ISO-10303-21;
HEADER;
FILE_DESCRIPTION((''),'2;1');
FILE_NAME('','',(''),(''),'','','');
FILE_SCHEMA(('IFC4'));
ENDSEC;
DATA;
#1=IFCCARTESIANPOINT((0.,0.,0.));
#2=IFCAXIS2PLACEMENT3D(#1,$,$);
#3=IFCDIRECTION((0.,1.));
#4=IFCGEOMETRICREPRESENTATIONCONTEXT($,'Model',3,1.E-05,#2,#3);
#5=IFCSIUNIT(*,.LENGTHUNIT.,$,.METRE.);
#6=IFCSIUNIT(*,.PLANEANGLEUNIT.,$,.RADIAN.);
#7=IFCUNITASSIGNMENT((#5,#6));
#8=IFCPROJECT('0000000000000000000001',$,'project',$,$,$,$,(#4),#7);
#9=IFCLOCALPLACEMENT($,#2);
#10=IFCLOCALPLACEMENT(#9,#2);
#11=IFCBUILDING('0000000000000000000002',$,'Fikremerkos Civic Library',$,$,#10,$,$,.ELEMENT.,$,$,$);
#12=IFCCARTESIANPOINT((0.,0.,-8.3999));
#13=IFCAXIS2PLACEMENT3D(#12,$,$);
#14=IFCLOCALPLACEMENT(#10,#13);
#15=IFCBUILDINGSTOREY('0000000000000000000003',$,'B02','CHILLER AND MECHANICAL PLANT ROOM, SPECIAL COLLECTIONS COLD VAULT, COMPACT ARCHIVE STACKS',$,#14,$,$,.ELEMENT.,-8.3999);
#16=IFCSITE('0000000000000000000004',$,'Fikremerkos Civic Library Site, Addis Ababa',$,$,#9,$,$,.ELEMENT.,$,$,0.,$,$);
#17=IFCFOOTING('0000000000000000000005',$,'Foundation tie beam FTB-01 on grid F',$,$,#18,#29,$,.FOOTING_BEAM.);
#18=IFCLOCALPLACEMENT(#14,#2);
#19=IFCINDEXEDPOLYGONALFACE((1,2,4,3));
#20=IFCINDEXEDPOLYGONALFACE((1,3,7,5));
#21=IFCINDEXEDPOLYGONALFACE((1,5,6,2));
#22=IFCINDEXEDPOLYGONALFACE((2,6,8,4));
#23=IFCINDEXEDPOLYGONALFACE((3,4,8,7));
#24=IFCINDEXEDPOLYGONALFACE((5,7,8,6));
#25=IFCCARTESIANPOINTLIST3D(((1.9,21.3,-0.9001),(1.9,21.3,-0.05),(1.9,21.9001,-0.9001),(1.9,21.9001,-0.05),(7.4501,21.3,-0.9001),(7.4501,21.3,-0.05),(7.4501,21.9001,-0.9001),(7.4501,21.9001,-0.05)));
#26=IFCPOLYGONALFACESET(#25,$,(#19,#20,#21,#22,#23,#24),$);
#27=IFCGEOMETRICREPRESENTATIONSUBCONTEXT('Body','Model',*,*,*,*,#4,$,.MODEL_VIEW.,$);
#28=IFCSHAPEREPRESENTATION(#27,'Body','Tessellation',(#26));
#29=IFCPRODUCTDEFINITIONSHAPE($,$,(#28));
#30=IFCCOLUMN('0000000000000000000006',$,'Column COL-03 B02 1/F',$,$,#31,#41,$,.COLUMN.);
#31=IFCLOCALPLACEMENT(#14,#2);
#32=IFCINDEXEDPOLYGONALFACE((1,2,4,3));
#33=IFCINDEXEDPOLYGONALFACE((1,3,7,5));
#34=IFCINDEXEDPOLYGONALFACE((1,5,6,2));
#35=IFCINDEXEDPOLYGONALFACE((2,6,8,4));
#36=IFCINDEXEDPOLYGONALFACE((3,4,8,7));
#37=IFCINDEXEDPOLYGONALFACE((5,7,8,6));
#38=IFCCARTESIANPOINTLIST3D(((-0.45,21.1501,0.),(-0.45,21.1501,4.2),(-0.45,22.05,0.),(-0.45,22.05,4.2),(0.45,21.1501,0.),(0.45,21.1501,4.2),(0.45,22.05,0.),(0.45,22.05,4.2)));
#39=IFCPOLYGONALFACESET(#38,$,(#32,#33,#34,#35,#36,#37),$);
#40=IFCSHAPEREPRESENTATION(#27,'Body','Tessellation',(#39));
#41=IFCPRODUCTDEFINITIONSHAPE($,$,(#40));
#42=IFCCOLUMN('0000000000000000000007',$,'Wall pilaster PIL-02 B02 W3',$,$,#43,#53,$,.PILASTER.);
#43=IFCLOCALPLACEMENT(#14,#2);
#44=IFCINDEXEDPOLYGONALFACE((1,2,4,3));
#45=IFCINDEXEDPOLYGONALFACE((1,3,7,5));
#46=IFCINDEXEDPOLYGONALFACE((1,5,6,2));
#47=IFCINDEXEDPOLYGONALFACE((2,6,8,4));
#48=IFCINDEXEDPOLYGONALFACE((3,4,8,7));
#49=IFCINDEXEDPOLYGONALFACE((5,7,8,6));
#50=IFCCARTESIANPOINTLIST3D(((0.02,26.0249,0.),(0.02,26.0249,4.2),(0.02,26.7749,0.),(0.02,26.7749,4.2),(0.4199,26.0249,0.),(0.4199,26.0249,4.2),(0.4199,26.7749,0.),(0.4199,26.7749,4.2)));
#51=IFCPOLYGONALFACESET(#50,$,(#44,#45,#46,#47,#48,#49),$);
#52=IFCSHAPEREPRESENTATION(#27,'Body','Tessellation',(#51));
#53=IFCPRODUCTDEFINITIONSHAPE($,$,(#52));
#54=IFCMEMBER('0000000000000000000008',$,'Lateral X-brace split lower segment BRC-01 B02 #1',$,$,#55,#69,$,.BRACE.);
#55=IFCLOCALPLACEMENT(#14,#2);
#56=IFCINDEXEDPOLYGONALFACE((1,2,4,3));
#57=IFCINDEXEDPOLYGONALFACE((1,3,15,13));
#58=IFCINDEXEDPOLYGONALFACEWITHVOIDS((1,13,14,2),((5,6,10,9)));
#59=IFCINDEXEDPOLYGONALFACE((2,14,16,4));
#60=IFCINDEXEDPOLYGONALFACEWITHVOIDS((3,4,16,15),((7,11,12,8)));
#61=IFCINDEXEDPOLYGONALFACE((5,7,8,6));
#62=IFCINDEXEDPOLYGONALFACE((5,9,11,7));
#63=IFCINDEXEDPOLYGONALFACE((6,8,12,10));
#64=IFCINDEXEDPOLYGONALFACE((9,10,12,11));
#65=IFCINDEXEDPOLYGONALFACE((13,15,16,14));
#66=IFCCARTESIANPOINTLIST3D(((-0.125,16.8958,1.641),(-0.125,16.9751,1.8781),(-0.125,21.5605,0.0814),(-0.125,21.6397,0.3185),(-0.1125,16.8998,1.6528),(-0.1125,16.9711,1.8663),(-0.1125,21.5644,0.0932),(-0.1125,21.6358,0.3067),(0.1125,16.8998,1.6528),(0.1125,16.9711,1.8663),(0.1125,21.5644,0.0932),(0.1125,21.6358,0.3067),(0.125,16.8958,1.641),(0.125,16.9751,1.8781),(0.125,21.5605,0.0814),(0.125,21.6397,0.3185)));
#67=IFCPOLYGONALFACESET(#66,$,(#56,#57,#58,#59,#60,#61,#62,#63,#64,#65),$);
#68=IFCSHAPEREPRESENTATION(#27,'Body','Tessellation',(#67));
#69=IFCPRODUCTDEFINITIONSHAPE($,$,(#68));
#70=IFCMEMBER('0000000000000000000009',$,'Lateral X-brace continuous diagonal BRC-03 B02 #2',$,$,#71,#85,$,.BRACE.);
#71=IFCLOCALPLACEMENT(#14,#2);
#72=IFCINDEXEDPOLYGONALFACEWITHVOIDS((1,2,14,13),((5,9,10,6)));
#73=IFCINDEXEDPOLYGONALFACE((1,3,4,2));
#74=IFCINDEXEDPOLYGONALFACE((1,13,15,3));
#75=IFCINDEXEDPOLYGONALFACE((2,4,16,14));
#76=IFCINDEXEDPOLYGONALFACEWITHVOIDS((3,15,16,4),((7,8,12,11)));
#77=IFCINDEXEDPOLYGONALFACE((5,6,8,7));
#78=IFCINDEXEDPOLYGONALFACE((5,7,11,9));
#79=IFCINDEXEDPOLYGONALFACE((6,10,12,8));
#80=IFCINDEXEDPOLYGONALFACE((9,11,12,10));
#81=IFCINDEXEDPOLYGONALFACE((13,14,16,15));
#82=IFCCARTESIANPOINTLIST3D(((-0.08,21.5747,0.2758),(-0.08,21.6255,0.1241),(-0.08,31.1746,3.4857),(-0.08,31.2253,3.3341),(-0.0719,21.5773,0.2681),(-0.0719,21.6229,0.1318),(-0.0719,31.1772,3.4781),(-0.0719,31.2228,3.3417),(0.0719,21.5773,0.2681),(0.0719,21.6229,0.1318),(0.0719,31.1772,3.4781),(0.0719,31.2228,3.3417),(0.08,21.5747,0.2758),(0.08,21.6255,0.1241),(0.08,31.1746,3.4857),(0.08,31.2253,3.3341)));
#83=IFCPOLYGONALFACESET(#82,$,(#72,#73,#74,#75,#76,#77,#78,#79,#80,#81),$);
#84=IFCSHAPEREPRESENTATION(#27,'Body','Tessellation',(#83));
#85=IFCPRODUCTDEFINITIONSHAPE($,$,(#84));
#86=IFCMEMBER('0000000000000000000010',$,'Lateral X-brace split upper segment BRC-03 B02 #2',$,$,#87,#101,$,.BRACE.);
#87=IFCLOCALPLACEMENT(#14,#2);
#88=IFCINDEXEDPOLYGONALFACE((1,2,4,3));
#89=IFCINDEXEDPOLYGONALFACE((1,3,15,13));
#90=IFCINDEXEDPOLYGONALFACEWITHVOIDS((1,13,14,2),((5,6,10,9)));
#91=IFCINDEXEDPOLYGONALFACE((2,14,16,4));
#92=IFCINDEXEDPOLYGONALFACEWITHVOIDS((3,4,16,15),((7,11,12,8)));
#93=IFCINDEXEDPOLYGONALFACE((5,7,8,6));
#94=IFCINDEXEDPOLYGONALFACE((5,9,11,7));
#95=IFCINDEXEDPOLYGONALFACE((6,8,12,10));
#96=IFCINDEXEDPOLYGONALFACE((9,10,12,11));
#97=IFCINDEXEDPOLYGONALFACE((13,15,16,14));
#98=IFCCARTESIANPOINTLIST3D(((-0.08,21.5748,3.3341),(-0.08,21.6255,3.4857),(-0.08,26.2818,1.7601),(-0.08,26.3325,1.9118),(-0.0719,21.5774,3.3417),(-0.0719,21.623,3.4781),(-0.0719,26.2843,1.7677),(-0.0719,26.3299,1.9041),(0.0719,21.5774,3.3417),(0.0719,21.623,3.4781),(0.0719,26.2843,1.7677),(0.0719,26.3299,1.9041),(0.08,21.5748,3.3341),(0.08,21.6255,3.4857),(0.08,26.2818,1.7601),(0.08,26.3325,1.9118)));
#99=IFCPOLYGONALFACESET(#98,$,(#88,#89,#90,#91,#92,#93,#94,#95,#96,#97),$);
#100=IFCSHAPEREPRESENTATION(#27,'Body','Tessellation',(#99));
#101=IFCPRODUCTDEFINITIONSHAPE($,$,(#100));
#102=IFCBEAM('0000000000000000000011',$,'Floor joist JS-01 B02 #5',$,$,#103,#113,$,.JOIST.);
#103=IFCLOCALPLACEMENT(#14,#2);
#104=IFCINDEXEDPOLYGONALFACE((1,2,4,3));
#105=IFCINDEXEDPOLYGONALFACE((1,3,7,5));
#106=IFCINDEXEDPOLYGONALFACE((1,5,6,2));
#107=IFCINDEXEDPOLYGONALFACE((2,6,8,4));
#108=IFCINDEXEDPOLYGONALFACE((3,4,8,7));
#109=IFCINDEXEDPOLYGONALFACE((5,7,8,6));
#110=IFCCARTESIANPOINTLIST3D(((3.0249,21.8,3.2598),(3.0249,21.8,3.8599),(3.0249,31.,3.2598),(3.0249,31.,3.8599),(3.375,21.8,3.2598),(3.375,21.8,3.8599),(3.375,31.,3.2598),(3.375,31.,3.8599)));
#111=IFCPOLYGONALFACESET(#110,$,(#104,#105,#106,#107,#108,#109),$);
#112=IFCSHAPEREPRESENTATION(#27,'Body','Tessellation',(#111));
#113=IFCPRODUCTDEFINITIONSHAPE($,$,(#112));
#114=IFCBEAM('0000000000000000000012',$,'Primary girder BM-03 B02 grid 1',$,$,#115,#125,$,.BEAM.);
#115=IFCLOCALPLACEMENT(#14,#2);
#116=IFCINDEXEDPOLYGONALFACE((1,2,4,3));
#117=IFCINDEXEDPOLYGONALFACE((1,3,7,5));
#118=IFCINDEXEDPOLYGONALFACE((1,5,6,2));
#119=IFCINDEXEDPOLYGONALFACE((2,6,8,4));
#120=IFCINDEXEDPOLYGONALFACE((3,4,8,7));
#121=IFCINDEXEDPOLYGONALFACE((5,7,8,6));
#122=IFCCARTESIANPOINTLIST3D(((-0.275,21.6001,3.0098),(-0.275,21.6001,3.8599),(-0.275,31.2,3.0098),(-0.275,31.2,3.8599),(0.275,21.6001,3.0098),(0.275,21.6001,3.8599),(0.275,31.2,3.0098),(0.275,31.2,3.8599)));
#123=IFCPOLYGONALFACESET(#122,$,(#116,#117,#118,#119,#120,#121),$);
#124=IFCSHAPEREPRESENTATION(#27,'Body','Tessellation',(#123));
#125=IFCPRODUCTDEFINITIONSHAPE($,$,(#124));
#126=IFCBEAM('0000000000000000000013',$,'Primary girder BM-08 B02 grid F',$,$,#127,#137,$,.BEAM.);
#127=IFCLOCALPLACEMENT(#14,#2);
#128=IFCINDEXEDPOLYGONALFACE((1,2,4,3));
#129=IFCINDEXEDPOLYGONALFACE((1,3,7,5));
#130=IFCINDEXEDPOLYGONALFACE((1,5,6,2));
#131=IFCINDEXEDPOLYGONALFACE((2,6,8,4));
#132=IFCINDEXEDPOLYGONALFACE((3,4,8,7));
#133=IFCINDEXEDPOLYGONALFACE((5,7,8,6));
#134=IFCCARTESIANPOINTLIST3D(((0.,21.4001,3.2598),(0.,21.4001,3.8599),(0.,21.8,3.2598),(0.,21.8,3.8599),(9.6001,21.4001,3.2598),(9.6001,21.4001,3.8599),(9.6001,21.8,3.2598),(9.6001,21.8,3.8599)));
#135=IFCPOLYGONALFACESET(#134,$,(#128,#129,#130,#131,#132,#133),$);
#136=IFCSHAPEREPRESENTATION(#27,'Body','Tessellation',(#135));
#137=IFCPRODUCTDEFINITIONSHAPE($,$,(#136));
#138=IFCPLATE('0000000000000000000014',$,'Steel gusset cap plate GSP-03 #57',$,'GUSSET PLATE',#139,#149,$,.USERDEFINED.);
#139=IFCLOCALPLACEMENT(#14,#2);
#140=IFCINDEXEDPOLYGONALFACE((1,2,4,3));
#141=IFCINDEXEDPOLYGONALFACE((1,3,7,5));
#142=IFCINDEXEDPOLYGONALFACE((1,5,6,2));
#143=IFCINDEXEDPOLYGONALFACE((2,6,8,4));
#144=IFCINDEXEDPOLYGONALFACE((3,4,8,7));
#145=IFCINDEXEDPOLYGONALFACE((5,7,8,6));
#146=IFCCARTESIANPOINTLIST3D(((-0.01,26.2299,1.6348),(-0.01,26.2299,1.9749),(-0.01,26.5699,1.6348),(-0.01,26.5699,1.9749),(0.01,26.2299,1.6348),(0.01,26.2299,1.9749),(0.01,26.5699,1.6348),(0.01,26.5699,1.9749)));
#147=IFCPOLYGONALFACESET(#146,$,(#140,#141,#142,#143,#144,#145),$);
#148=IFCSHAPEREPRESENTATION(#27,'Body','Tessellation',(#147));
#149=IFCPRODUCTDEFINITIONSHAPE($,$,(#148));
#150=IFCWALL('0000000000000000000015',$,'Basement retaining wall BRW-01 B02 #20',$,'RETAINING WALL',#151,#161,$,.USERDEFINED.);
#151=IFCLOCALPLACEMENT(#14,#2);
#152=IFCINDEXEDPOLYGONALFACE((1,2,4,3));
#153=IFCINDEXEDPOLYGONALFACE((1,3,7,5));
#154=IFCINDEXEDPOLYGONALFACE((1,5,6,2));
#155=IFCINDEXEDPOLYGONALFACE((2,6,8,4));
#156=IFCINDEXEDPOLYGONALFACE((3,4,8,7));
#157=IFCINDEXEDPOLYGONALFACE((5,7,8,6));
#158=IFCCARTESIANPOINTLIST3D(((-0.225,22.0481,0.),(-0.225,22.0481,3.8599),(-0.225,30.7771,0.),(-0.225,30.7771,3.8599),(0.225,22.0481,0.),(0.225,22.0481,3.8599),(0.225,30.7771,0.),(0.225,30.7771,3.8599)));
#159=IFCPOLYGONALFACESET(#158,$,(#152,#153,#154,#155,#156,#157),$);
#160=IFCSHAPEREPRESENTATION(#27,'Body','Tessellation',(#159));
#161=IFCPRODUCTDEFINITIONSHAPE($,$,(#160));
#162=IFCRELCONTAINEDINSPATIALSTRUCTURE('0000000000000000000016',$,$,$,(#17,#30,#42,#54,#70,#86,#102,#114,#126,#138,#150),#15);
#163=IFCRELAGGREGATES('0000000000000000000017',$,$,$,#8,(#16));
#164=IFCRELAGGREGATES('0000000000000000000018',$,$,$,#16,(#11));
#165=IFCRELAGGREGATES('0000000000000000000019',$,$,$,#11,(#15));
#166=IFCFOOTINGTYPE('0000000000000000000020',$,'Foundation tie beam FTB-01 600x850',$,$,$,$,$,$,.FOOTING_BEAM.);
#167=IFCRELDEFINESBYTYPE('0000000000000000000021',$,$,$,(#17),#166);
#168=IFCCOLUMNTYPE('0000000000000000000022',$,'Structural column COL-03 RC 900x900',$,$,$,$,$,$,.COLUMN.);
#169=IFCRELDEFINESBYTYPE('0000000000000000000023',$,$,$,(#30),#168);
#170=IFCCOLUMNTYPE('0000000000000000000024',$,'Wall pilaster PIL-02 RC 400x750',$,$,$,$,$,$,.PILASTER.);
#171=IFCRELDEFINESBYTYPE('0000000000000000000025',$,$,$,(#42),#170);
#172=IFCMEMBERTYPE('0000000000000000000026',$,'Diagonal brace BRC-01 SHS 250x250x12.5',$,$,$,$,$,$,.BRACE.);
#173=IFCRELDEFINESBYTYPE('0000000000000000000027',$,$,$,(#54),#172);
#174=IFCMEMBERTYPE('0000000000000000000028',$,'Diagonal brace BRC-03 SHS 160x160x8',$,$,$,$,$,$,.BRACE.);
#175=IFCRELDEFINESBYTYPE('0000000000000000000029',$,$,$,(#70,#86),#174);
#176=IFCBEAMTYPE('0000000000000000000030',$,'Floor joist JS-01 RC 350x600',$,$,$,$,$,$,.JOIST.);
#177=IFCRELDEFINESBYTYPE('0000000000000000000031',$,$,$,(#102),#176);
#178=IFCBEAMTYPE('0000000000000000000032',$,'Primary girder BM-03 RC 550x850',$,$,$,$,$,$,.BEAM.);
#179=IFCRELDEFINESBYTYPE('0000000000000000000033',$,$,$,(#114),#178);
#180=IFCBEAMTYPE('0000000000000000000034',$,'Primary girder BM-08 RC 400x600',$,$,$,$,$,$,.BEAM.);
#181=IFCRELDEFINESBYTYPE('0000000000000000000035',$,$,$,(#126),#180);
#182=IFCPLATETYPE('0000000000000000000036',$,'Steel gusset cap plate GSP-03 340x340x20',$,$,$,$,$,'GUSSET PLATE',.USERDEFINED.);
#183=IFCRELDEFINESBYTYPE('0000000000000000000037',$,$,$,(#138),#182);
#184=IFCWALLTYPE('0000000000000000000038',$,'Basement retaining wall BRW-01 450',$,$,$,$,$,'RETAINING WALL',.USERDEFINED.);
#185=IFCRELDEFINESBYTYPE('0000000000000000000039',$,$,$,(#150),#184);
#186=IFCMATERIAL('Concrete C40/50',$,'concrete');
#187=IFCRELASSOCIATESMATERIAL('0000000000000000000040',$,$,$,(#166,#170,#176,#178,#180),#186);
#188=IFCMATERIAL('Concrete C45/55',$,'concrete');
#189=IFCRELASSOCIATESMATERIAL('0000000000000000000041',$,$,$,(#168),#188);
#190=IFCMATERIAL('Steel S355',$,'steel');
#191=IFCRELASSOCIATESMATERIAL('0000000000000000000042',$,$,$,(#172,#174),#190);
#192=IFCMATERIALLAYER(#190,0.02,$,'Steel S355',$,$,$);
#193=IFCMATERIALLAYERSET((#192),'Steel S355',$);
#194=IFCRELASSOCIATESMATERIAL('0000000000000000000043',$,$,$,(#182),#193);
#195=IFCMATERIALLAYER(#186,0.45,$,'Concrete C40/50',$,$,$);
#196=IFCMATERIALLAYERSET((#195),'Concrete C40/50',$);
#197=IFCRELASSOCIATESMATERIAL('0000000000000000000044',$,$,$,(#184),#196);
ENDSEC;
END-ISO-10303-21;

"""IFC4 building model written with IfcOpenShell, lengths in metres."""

from ifc_helpers import new_model, si_unit, direction, frame, frame_2d, origin, origin_2d, place, context, subcontext, project, spatial, rectangle, hollow_rectangle, extrude, material, layer, layer_set, material_profile, profile_set, type_object, element, save


model = new_model("IFC4")

# Units and contexts
model_context = context("Model", 3, precision=1e-05, world=origin(), true_north=direction((0.0, 1.0)))
body_context = subcontext(model_context, "Body", "Model", "MODEL_VIEW")
ifc_project = project(units=[si_unit("LENGTHUNIT", "METRE"), si_unit("PLANEANGLEUNIT", "RADIAN")], contexts=[model_context])

# Site, building, storey
site_placement = place(None, origin())
site = spatial("IfcSite", under=ifc_project, at=site_placement, Name="Fikremerkos Civic Library Site, Addis Ababa", CompositionType="ELEMENT", RefElevation=0.0)
building_placement = place(site_placement, origin())
building = spatial("IfcBuilding", under=site, at=building_placement, Name="Fikremerkos Civic Library", CompositionType="ELEMENT")
storey_placement = place(building_placement, frame((0.0, 0.0, -8.3999)))
storey = spatial("IfcBuildingStorey", under=building, at=storey_placement, Name="B02", Description="CHILLER AND MECHANICAL PLANT ROOM, SPECIAL COLLECTIONS COLD VAULT, COMPACT ARCHIVE STACKS", CompositionType="ELEMENT", Elevation=-8.3999)

# Footing
ifc_material_1 = material(Name="Concrete C40/50", Category="concrete")
footing_type_1 = type_object("IfcFootingType", Name="Foundation tie beam FTB-01 600x850", PredefinedType="FOOTING_BEAM", material=ifc_material_1)
footing_1_placement = place(storey_placement, frame((4.675, 21.6001, -0.9001), z_axis=(0.0, 0.0, 1.0), x_axis=(1.0, 0.0, 0.0)))
element("IfcFooting", 1, at=footing_1_placement, inside=storey, type_object=footing_type_1, Name="Foundation tie beam FTB-01 on grid F", PredefinedType="FOOTING_BEAM", context=body_context, shape_type="SweptSolid", body=[
    extrude(rectangle(XDim=5.55, YDim=0.6001, at=origin_2d()), origin(), (0.0, 0.0, 1.0), 0.8501),
])

# Columns
ifc_material_2 = material(Name="Concrete C45/55", Category="concrete")
ifc_material_profile_1 = material_profile(ifc_material_2, rectangle(XDim=0.8999, YDim=0.8999, at=origin_2d()), Name="RC 900x900")
ifc_profile_set_1 = profile_set([ifc_material_profile_1], Name="Concrete C45/55")
column_type_1 = type_object("IfcColumnType", Name="Structural column COL-03 RC 900x900", PredefinedType="COLUMN", material=ifc_profile_set_1)
column_1_placement = place(storey_placement, frame((0.0, 21.6001, 0.0), z_axis=(0.0, 0.0, 1.0), x_axis=(1.0, 0.0, 0.0)))
element("IfcColumn", 2, at=column_1_placement, inside=storey, type_object=column_type_1, Name="Column COL-03 B02 1/F", PredefinedType="COLUMN", context=body_context, shape_type="SweptSolid", body=[
    extrude(rectangle(XDim=0.8999, YDim=0.8999, at=origin_2d()), origin(), (0.0, 0.0, 1.0), 4.2),
])
ifc_material_profile_2 = material_profile(ifc_material_1, rectangle(XDim=0.3999, YDim=0.75, at=origin_2d()), Name="RC 400x750")
ifc_profile_set_2 = profile_set([ifc_material_profile_2], Name="Concrete C40/50")
column_type_2 = type_object("IfcColumnType", Name="Wall pilaster PIL-02 RC 400x750", PredefinedType="PILASTER", material=ifc_profile_set_2)
column_2_placement = place(storey_placement, frame((0.22, 26.3999, 0.0), z_axis=(0.0, 0.0, 1.0), x_axis=(1.0, 0.0, 0.0)))
element("IfcColumn", 3, at=column_2_placement, inside=storey, type_object=column_type_2, Name="Wall pilaster PIL-02 B02 W3", PredefinedType="PILASTER", context=body_context, shape_type="SweptSolid", body=[
    extrude(rectangle(XDim=0.3999, YDim=0.75, at=origin_2d()), origin(), (0.0, 0.0, 1.0), 4.2),
])

# Members
ifc_material_3 = material(Name="Steel S355", Category="steel")
ifc_material_profile_3 = material_profile(ifc_material_3, hollow_rectangle(XDim=0.25, YDim=0.25, WallThickness=0.0125, at=origin_2d()), Name="SHS 250x250x12.5")
ifc_profile_set_3 = profile_set([ifc_material_profile_3], Name="Steel S355")
member_type_1 = type_object("IfcMemberType", Name="Diagonal brace BRC-01 SHS 250x250x12.5", PredefinedType="BRACE", material=ifc_profile_set_3)
member_1_placement = place(storey_placement, frame((0.0, 21.6001, 0.2), z_axis=(0.0, -0.948395, 0.317091), x_axis=(1.0, 0.0, 0.0)))
element("IfcMember", 4, at=member_1_placement, inside=storey, type_object=member_type_1, Name="Lateral X-brace split lower segment BRC-01 B02 #1", PredefinedType="BRACE", context=body_context, shape_type="SweptSolid", body=[
    extrude(hollow_rectangle(XDim=0.25, YDim=0.25, WallThickness=0.0125, at=origin_2d()), origin(), (0.0, 0.0, 1.0), 4.9185),
])
ifc_material_profile_4 = material_profile(ifc_material_3, hollow_rectangle(XDim=0.1599, YDim=0.1599, WallThickness=0.0081, at=origin_2d()), Name="SHS 160x160x8")
ifc_profile_set_4 = profile_set([ifc_material_profile_4], Name="Steel S355")
member_type_2 = type_object("IfcMemberType", Name="Diagonal brace BRC-03 SHS 160x160x8", PredefinedType="BRACE", material=ifc_profile_set_4)
member_2_placement = place(storey_placement, frame((0.0, 21.6001, 0.2), z_axis=(0.0, 0.948386, 0.317118), x_axis=(-1.0, 0.0, 0.0)))
element("IfcMember", 5, at=member_2_placement, inside=storey, type_object=member_type_2, Name="Lateral X-brace continuous diagonal BRC-03 B02 #2", PredefinedType="BRACE", context=body_context, shape_type="SweptSolid", body=[
    extrude(hollow_rectangle(XDim=0.1599, YDim=0.1599, WallThickness=0.0081, at=origin_2d()), origin(), (0.0, 0.0, 1.0), 10.1223),
])
member_3_placement = place(storey_placement, frame((0.0, 26.3071, 1.8359), z_axis=(0.0, -0.948383, 0.317128), x_axis=(1.0, 0.0, 0.0)))
element("IfcMember", 6, at=member_3_placement, inside=storey, type_object=member_type_2, Name="Lateral X-brace split upper segment BRC-03 B02 #2", PredefinedType="BRACE", context=body_context, shape_type="SweptSolid", body=[
    extrude(hollow_rectangle(XDim=0.1599, YDim=0.1599, WallThickness=0.0081, at=origin_2d()), origin(), (0.0, 0.0, 1.0), 4.9631),
])

# Beams
ifc_material_profile_5 = material_profile(ifc_material_1, rectangle(XDim=0.3501, YDim=0.6001, at=origin_2d()), Name="RC 350x600")
ifc_profile_set_5 = profile_set([ifc_material_profile_5], Name="Concrete C40/50")
beam_type_1 = type_object("IfcBeamType", Name="Floor joist JS-01 RC 350x600", PredefinedType="JOIST", material=ifc_profile_set_5)
beam_1_placement = place(storey_placement, frame((3.2, 21.8, 3.5598), z_axis=(0.0, 1.0, 0.0), x_axis=(-1.0, 0.0, 0.0)))
element("IfcBeam", 7, at=beam_1_placement, inside=storey, type_object=beam_type_1, Name="Floor joist JS-01 B02 #5", PredefinedType="JOIST", context=body_context, shape_type="SweptSolid", body=[
    extrude(rectangle(XDim=0.3501, YDim=0.6001, at=origin_2d()), origin(), (0.0, 0.0, 1.0), 9.2),
])
ifc_material_profile_6 = material_profile(ifc_material_1, rectangle(XDim=0.55, YDim=0.8501, at=origin_2d()), Name="RC 550x850")
ifc_profile_set_6 = profile_set([ifc_material_profile_6], Name="Concrete C40/50")
beam_type_2 = type_object("IfcBeamType", Name="Primary girder BM-03 RC 550x850", PredefinedType="BEAM", material=ifc_profile_set_6)
beam_2_placement = place(storey_placement, frame((0.0, 21.6001, 3.4348), z_axis=(0.0, 1.0, 0.0), x_axis=(-1.0, 0.0, 0.0)))
element("IfcBeam", 8, at=beam_2_placement, inside=storey, type_object=beam_type_2, Name="Primary girder BM-03 B02 grid 1", PredefinedType="BEAM", context=body_context, shape_type="SweptSolid", body=[
    extrude(rectangle(XDim=0.55, YDim=0.8501, at=origin_2d()), origin(), (0.0, 0.0, 1.0), 9.5999),
])
ifc_material_profile_7 = material_profile(ifc_material_1, rectangle(XDim=0.3999, YDim=0.6001, at=origin_2d()), Name="RC 400x600")
ifc_profile_set_7 = profile_set([ifc_material_profile_7], Name="Concrete C40/50")
beam_type_3 = type_object("IfcBeamType", Name="Primary girder BM-08 RC 400x600", PredefinedType="BEAM", material=ifc_profile_set_7)
beam_3_placement = place(storey_placement, frame((0.0, 21.6001, 3.5598), z_axis=(1.0, 0.0, 0.0), x_axis=(0.0, 1.0, 0.0)))
element("IfcBeam", 9, at=beam_3_placement, inside=storey, type_object=beam_type_3, Name="Primary girder BM-08 B02 grid F", PredefinedType="BEAM", context=body_context, shape_type="SweptSolid", body=[
    extrude(rectangle(XDim=0.3999, YDim=0.6001, at=origin_2d()), origin(), (0.0, 0.0, 1.0), 9.6001),
])

# Plate
ifc_layer_1 = layer(ifc_material_3, 0.02, Name="Steel S355")
ifc_layer_set_1 = layer_set([ifc_layer_1], Name="Steel S355")
plate_type = type_object("IfcPlateType", Name="Steel gusset cap plate GSP-03 340x340x20", ElementType="GUSSET PLATE", PredefinedType="USERDEFINED", material=ifc_layer_set_1)
plate_placement = place(storey_placement, frame((0.0, 26.3999, 1.6348), z_axis=(0.0, 0.0, 1.0), x_axis=(1.0, 0.0, 0.0)))
element("IfcPlate", 10, at=plate_placement, inside=storey, type_object=plate_type, Name="Steel gusset cap plate GSP-03 #57", ObjectType="GUSSET PLATE", PredefinedType="USERDEFINED", context=body_context, shape_type="SweptSolid", body=[
    extrude(rectangle(XDim=0.02, YDim=0.3401, at=origin_2d()), origin(), (0.0, 0.0, 1.0), 0.3401),
])

# Wall
ifc_layer_2 = layer(ifc_material_1, 0.45, Name="Concrete C40/50")
ifc_layer_set_2 = layer_set([ifc_layer_2], Name="Concrete C40/50")
wall_type_1 = type_object("IfcWallType", Name="Basement retaining wall BRW-01 450", ElementType="RETAINING WALL", PredefinedType="USERDEFINED", material=ifc_layer_set_2)
wall_1_placement = place(storey_placement, frame((0.0, 22.0481, 0.0), z_axis=(0.0, 0.0, 1.0), x_axis=(0.0, 1.0, 0.0)))
element("IfcWall", 11, at=wall_1_placement, inside=storey, type_object=wall_type_1, Name="Basement retaining wall BRW-01 B02 #20", ObjectType="RETAINING WALL", PredefinedType="USERDEFINED", context=body_context, shape_type="SweptSolid", body=[
    extrude(rectangle(XDim=8.729, YDim=0.45, at=frame_2d((4.3645, 0.0))), origin(), (0.0, 0.0, 1.0), 3.8599),
])

save(model, "model.ifc")
